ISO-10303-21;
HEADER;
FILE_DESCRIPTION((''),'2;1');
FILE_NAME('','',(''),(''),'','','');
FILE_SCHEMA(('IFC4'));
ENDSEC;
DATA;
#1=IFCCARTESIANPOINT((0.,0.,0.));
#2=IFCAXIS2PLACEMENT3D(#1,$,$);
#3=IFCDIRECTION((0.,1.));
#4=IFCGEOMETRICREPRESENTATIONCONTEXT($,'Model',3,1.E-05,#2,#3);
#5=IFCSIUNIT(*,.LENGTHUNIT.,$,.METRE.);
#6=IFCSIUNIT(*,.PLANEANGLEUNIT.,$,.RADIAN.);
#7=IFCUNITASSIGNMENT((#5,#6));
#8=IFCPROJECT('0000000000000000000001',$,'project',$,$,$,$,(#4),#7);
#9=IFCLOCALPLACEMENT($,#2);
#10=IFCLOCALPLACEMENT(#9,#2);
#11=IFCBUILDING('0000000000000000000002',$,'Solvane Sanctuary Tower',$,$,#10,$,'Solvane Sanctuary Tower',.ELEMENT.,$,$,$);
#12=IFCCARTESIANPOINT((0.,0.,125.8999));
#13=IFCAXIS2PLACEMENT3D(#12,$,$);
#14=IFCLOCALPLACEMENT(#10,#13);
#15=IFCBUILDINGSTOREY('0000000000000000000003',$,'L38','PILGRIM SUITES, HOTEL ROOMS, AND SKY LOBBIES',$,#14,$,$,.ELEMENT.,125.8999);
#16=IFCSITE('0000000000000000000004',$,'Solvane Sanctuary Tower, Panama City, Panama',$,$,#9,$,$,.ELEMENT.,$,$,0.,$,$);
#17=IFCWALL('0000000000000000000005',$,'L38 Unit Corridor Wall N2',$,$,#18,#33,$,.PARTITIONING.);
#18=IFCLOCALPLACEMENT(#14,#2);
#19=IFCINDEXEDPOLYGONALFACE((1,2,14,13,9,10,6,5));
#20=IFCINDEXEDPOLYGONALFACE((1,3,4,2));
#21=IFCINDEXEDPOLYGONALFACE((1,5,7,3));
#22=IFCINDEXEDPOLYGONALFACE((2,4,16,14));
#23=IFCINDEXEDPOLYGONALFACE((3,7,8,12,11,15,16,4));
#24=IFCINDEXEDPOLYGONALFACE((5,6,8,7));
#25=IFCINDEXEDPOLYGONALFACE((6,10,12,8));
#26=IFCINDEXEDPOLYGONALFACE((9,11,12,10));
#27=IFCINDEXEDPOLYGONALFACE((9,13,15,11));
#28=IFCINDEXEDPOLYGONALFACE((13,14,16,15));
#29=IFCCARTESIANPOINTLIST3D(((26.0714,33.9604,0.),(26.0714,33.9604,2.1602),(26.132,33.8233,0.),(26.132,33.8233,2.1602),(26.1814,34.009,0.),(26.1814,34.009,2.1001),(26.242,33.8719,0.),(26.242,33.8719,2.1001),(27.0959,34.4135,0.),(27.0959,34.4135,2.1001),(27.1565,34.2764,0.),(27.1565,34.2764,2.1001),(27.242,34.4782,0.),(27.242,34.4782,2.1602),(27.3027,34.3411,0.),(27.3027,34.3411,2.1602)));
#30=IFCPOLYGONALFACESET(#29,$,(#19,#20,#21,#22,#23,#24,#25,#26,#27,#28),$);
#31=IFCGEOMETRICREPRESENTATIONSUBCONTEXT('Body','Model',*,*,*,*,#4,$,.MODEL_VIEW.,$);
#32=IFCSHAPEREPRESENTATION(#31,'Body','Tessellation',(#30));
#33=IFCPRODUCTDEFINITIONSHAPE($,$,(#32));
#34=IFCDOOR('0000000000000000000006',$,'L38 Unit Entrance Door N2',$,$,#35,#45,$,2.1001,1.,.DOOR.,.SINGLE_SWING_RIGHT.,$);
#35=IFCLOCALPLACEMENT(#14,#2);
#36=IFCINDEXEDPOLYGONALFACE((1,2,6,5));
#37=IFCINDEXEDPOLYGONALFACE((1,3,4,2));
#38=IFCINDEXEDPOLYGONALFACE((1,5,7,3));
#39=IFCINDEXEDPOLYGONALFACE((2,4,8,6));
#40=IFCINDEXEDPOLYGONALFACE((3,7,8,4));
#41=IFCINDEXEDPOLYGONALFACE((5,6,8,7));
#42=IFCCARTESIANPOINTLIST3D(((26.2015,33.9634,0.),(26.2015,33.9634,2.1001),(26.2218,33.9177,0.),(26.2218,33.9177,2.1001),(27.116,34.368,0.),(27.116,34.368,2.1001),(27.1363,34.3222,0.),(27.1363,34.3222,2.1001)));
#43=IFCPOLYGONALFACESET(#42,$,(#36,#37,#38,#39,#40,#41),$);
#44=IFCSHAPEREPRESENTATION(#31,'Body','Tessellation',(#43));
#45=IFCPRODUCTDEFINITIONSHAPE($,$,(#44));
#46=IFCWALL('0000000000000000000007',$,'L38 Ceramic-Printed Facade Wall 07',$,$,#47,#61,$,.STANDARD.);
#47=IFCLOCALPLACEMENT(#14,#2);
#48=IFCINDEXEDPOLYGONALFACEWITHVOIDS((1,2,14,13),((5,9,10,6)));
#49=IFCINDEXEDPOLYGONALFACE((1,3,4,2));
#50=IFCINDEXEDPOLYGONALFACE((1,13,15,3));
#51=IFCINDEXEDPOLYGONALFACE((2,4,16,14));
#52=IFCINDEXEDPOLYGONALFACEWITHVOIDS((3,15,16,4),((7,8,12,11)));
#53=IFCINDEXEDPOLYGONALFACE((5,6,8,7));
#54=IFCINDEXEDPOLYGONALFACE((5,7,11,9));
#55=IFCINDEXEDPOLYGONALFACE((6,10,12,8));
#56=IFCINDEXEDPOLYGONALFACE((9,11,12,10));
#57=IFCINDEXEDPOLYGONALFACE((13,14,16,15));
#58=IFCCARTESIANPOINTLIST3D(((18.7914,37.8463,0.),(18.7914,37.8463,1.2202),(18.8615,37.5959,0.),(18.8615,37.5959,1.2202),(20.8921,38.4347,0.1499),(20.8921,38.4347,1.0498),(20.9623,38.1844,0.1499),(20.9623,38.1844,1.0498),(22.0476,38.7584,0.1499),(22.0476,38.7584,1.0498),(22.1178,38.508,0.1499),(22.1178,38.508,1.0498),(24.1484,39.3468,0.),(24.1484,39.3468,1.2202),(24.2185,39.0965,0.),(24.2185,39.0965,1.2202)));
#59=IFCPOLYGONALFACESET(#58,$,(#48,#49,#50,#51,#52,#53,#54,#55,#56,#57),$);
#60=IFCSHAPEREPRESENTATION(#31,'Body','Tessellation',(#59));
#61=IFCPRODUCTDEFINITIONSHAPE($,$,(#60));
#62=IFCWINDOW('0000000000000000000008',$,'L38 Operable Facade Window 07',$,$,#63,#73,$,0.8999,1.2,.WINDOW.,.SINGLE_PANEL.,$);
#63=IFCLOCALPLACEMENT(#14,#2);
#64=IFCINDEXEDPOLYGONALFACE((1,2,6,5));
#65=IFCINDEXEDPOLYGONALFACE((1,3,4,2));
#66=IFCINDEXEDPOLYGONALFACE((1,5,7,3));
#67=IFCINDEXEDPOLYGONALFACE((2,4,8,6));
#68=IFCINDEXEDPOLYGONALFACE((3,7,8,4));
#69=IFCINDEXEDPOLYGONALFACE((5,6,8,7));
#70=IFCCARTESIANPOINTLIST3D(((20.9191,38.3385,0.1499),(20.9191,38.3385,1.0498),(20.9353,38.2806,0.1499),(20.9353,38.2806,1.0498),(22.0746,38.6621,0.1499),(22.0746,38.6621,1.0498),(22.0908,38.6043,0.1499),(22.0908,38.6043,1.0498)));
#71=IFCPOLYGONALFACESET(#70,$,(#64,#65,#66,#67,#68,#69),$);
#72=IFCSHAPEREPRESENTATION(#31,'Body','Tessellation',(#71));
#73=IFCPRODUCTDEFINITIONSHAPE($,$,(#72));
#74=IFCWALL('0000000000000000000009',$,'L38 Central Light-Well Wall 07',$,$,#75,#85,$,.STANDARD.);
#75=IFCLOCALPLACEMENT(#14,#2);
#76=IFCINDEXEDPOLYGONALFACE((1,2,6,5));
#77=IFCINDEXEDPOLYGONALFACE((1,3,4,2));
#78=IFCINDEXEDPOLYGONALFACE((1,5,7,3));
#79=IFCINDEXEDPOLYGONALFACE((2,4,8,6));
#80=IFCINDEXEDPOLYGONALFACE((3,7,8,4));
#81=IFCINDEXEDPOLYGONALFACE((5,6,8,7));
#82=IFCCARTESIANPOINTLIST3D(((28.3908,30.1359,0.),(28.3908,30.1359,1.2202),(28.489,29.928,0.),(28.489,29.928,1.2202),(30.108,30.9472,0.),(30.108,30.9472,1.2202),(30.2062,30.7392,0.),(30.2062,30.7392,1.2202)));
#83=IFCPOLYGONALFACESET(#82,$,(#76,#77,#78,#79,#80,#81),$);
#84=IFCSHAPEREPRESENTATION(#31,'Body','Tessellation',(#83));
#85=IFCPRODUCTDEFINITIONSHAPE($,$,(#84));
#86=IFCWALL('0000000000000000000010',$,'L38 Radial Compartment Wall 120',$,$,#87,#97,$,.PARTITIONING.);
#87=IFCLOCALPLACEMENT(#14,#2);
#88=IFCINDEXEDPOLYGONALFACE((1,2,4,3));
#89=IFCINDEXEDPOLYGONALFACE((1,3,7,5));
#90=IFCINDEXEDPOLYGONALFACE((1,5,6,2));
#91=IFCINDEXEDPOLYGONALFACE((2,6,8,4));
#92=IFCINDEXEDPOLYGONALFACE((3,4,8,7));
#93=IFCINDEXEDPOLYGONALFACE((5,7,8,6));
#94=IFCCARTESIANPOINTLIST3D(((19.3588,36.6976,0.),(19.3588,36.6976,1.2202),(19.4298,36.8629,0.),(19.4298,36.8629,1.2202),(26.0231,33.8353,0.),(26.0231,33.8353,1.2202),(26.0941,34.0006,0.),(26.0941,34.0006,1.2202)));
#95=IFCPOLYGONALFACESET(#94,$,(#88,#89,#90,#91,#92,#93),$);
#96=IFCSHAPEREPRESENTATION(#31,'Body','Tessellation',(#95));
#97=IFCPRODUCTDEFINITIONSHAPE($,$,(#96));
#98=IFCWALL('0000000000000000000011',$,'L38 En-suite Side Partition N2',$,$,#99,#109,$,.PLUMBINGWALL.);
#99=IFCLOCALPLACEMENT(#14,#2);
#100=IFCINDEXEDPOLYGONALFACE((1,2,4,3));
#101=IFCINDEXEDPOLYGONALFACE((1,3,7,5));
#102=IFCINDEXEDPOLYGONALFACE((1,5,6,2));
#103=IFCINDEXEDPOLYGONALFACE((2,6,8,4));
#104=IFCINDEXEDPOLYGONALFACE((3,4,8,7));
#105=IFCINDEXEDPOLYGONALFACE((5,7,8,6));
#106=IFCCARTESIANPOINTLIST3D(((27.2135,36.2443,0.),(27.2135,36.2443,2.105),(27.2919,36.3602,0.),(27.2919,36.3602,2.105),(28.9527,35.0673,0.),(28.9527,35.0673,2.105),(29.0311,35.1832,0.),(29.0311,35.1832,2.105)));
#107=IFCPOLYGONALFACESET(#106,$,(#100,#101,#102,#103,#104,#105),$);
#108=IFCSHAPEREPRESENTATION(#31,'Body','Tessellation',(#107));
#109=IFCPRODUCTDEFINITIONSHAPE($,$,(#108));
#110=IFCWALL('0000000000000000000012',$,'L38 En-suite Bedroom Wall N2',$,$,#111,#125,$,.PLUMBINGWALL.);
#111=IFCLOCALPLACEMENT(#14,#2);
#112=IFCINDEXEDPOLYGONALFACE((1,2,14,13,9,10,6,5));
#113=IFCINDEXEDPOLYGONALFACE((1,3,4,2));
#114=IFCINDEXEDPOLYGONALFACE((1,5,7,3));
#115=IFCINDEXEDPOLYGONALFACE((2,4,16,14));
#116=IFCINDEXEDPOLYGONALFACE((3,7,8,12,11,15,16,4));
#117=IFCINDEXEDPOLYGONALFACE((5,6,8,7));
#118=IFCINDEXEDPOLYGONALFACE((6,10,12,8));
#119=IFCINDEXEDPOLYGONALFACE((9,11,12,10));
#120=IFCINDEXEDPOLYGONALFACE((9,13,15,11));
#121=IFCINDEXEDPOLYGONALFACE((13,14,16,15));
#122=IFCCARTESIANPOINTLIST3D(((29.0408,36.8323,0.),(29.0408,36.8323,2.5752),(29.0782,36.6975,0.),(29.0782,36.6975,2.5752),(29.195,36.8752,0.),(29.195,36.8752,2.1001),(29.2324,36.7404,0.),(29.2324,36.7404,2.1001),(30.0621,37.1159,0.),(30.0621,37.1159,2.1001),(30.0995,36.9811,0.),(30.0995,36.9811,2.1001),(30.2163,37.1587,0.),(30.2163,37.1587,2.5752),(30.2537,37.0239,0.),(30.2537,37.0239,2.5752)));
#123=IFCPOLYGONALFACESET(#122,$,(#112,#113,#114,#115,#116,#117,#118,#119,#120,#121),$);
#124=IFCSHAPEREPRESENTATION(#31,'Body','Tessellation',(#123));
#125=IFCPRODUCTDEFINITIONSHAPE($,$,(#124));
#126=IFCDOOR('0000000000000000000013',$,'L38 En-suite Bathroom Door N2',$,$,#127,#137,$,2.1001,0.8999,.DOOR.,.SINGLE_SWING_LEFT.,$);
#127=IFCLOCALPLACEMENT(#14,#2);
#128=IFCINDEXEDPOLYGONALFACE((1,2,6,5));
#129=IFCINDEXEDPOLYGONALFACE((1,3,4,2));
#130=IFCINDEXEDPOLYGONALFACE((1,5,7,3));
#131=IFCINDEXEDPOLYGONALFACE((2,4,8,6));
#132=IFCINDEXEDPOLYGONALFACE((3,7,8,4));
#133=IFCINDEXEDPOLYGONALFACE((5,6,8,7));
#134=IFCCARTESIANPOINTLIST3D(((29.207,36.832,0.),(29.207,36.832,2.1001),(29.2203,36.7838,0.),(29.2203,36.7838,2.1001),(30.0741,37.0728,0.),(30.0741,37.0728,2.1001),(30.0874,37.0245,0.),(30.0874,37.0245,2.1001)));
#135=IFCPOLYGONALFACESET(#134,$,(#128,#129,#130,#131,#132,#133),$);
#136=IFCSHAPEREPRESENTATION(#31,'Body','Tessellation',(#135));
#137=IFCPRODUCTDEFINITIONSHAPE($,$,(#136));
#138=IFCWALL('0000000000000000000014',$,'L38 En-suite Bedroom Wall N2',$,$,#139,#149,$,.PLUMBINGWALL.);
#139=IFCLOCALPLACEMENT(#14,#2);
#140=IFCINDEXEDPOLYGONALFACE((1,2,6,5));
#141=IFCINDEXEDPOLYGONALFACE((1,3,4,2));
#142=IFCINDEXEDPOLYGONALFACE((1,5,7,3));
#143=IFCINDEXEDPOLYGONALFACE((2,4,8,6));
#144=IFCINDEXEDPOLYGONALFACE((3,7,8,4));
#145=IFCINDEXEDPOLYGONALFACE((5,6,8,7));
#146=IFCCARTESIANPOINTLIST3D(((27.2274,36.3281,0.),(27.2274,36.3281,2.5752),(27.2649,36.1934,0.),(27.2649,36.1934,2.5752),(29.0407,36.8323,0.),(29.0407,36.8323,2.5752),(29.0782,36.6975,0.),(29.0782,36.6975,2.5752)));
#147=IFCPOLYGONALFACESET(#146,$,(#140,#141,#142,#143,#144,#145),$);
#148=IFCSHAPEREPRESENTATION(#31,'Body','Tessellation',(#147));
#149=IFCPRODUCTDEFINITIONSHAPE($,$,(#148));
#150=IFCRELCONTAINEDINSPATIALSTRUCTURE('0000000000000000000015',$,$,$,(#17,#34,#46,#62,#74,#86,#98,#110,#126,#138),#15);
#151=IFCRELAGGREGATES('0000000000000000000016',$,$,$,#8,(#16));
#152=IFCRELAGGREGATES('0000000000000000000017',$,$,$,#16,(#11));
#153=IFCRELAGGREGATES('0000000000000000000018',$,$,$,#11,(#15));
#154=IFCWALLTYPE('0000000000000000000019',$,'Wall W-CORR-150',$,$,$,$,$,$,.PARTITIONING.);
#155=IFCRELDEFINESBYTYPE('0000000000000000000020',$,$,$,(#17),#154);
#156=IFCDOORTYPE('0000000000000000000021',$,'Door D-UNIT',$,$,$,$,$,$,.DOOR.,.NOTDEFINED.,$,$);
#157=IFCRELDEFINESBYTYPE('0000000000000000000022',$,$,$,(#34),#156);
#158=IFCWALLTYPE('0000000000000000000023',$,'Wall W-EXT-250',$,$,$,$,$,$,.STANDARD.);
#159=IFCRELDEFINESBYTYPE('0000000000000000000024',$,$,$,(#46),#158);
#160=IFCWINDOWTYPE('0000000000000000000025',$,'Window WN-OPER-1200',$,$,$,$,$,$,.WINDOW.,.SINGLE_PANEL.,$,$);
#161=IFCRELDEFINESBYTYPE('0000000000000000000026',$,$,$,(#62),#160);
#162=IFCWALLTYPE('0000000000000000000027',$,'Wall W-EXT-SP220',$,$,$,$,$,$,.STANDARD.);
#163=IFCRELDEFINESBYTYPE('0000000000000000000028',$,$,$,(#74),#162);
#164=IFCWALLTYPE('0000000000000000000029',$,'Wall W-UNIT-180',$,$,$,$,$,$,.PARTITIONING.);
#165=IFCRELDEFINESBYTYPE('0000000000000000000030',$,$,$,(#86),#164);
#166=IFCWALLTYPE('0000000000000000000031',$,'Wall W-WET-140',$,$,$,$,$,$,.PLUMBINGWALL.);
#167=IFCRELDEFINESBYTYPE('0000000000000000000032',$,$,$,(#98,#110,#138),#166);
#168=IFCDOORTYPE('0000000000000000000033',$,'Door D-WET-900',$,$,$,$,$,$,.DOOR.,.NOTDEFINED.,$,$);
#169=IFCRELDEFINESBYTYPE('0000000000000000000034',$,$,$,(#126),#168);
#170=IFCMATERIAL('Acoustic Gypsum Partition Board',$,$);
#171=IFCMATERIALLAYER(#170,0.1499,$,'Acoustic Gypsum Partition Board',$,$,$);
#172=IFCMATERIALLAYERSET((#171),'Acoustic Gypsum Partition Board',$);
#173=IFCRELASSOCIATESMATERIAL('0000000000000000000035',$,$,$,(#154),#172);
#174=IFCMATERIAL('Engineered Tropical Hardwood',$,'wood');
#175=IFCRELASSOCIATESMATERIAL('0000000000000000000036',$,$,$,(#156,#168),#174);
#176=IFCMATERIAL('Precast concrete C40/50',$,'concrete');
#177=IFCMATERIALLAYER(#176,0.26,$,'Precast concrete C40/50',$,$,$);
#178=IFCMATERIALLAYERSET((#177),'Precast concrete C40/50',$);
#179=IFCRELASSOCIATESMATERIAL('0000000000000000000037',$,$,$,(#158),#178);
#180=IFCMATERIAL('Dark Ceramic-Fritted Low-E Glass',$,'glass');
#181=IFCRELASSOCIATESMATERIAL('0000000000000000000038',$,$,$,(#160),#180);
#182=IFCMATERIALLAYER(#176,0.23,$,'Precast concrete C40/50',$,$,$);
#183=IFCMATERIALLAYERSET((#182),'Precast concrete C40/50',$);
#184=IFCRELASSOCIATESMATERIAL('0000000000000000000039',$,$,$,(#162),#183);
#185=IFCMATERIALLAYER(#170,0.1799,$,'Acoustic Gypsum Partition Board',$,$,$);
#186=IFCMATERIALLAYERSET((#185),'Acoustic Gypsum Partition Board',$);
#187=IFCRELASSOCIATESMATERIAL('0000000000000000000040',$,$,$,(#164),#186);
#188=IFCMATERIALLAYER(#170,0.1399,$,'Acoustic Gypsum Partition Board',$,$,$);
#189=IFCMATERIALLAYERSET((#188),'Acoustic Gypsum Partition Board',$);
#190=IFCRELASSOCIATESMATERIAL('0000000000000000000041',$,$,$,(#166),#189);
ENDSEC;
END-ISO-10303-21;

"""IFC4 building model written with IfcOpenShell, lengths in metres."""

from ifc_helpers import new_model, si_unit, direction, frame, frame_2d, origin, place, context, subcontext, project, spatial, rectangle, extrude, material, layer, layer_set, type_object, element, fill, save


model = new_model("IFC4")

# Units and contexts
model_context = context("Model", 3, precision=1e-05, world=origin(), true_north=direction((0.0, 1.0)))
body_context = subcontext(model_context, "Body", "Model", "MODEL_VIEW")
ifc_project = project(units=[si_unit("LENGTHUNIT", "METRE"), si_unit("PLANEANGLEUNIT", "RADIAN")], contexts=[model_context])

# Site, building, storey
site_placement = place(None, origin())
site = spatial("IfcSite", under=ifc_project, at=site_placement, Name="Solvane Sanctuary Tower, Panama City, Panama", CompositionType="ELEMENT", RefElevation=0.0)
building_placement = place(site_placement, origin())
building = spatial("IfcBuilding", under=site, at=building_placement, Name="Solvane Sanctuary Tower", LongName="Solvane Sanctuary Tower", CompositionType="ELEMENT")
storey_placement = place(building_placement, frame((0.0, 0.0, 125.8999)))
storey = spatial("IfcBuildingStorey", under=building, at=storey_placement, Name="L38", Description="PILGRIM SUITES, HOTEL ROOMS, AND SKY LOBBIES", CompositionType="ELEMENT", Elevation=125.8999)

# Shared definitions
ifc_material_1 = material(Name="Acoustic Gypsum Partition Board")
ifc_layer_1 = layer(ifc_material_1, 0.1499, Name="Acoustic Gypsum Partition Board")
ifc_layer_set_1 = layer_set([ifc_layer_1], Name="Acoustic Gypsum Partition Board")
wall_type_1 = type_object("IfcWallType", Name="Wall W-CORR-150", PredefinedType="PARTITIONING", material=ifc_layer_set_1)

# Wall, opening, door
wall_1_placement = place(storey_placement, frame((27.2725, 34.4097, 0.0), z_axis=(0.0, 0.0, 1.0), x_axis=(-0.914526, -0.404527, 0.0)))
wall_1 = element("IfcWall", 1, at=wall_1_placement, inside=storey, type_object=wall_type_1, Name="L38 Unit Corridor Wall N2", PredefinedType="PARTITIONING", context=body_context, shape_type="SweptSolid", body=[
    extrude(rectangle(XDim=1.28, YDim=0.1499, at=frame_2d((0.6401, 0.0))), origin(), (0.0, 0.0, 1.0), 2.1602),
])
opening_1_placement = place(wall_1_placement, frame((0.1599, 0.0, 0.0)))
opening_1 = element("IfcOpeningElement", 2, at=opening_1_placement, cuts=wall_1, PredefinedType="OPENING", context=body_context, shape_type="SweptSolid", body=[
    extrude(rectangle(XDim=1.0, YDim=2.1001, at=frame_2d((0.5, 1.05))), frame((0.0, 0.085, 0.0), z_axis=(0.0, -1.0, 0.0), x_axis=(1.0, 0.0, 0.0)), (0.0, 0.0, 1.0), 0.1699),
])
ifc_material_2 = material(Name="Engineered Tropical Hardwood", Category="wood")
door_type_1 = type_object("IfcDoorType", Name="Door D-UNIT", OperationType="NOTDEFINED", PredefinedType="DOOR", material=ifc_material_2)
door_1_placement = place(opening_1_placement, origin())
door_1 = element("IfcDoor", 3, at=door_1_placement, inside=storey, type_object=door_type_1, Name="L38 Unit Entrance Door N2", OperationType="SINGLE_SWING_RIGHT", OverallHeight=2.1001, OverallWidth=1.0, PredefinedType="DOOR", context=body_context, shape_type="SweptSolid", body=[
    extrude(rectangle(XDim=1.0, YDim=2.1001, at=frame_2d((0.5, 1.05))), frame((0.0, 0.0249, 0.0), z_axis=(0.0, -1.0, 0.0), x_axis=(1.0, 0.0, 0.0)), (0.0, 0.0, 1.0), 0.05),
])
fill(opening_1, door_1)

# Wall, opening, window
ifc_material_3 = material(Name="Precast concrete C40/50", Category="concrete")
ifc_layer_2 = layer(ifc_material_3, 0.26, Name="Precast concrete C40/50")
ifc_layer_set_2 = layer_set([ifc_layer_2], Name="Precast concrete C40/50")
wall_type_2 = type_object("IfcWallType", Name="Wall W-EXT-250", PredefinedType="STANDARD", material=ifc_layer_set_2)
wall_2_placement = place(storey_placement, frame((24.1836, 39.2217, 0.0), z_axis=(0.0, 0.0, 1.0), x_axis=(-0.962938, -0.269721, 0.0)))
wall_2 = element("IfcWall", 4, at=wall_2_placement, inside=storey, type_object=wall_type_2, Name="L38 Ceramic-Printed Facade Wall 07", PredefinedType="STANDARD", context=body_context, shape_type="SweptSolid", body=[
    extrude(rectangle(XDim=5.5632, YDim=0.26, at=frame_2d((2.7817, 0.0))), origin(), (0.0, 0.0, 1.0), 1.2202),
])
opening_2_placement = place(wall_2_placement, frame((2.1816, 0.0, 0.1499)))
opening_2 = element("IfcOpeningElement", 5, at=opening_2_placement, cuts=wall_2, PredefinedType="OPENING", context=body_context, shape_type="SweptSolid", body=[
    extrude(rectangle(XDim=1.2, YDim=0.8999, at=frame_2d((0.6001, 0.45))), frame((0.0, 0.1399, 0.0), z_axis=(0.0, -1.0, 0.0), x_axis=(1.0, 0.0, 0.0)), (0.0, 0.0, 1.0), 0.28),
])
ifc_material_4 = material(Name="Dark Ceramic-Fritted Low-E Glass", Category="glass")
window_type = type_object("IfcWindowType", Name="Window WN-OPER-1200", PartitioningType="SINGLE_PANEL", PredefinedType="WINDOW", material=ifc_material_4)
window_placement = place(opening_2_placement, origin())
window = element("IfcWindow", 6, at=window_placement, inside=storey, type_object=window_type, Name="L38 Operable Facade Window 07", OverallHeight=0.8999, OverallWidth=1.2, PartitioningType="SINGLE_PANEL", PredefinedType="WINDOW", context=body_context, shape_type="SweptSolid", body=[
    extrude(rectangle(XDim=1.2, YDim=0.8999, at=frame_2d((0.6001, 0.45))), frame((0.0, 0.03, 0.0), z_axis=(0.0, -1.0, 0.0), x_axis=(1.0, 0.0, 0.0)), (0.0, 0.0, 1.0), 0.0601),
])
fill(opening_2, window)

# Walls
ifc_layer_3 = layer(ifc_material_3, 0.23, Name="Precast concrete C40/50")
ifc_layer_set_3 = layer_set([ifc_layer_3], Name="Precast concrete C40/50")
wall_type_3 = type_object("IfcWallType", Name="Wall W-EXT-SP220", PredefinedType="STANDARD", material=ifc_layer_set_3)
wall_3_placement = place(storey_placement, frame((30.1572, 30.8433, 0.0), z_axis=(0.0, 0.0, 1.0), x_axis=(-0.90418, -0.427152, 0.0)))
element("IfcWall", 7, at=wall_3_placement, inside=storey, type_object=wall_type_3, Name="L38 Central Light-Well Wall 07", PredefinedType="STANDARD", context=body_context, shape_type="SweptSolid", body=[
    extrude(rectangle(XDim=1.8992, YDim=0.23, at=frame_2d((0.9497, 0.0))), origin(), (0.0, 0.0, 1.0), 1.2202),
])
ifc_layer_4 = layer(ifc_material_1, 0.1799, Name="Acoustic Gypsum Partition Board")
ifc_layer_set_4 = layer_set([ifc_layer_4], Name="Acoustic Gypsum Partition Board")
wall_type_4 = type_object("IfcWallType", Name="Wall W-UNIT-180", PredefinedType="PARTITIONING", material=ifc_layer_set_4)
wall_4_placement = place(storey_placement, frame((26.0586, 33.918, 0.0), z_axis=(0.0, 0.0, 1.0), x_axis=(-0.918837, 0.394638, 0.0)))
element("IfcWall", 8, at=wall_4_placement, inside=storey, type_object=wall_type_4, Name="L38 Radial Compartment Wall 120", PredefinedType="PARTITIONING", context=body_context, shape_type="SweptSolid", body=[
    extrude(rectangle(XDim=7.2529, YDim=0.1799, at=frame_2d((3.6265, 0.0))), origin(), (0.0, 0.0, 1.0), 1.2202),
])
ifc_layer_5 = layer(ifc_material_1, 0.1399, Name="Acoustic Gypsum Partition Board")
ifc_layer_set_5 = layer_set([ifc_layer_5], Name="Acoustic Gypsum Partition Board")
wall_type_5 = type_object("IfcWallType", Name="Wall W-WET-140", PredefinedType="PLUMBINGWALL", material=ifc_layer_set_5)
wall_5_placement = place(storey_placement, frame((28.9919, 35.1252, 0.0), z_axis=(0.0, 0.0, 1.0), x_axis=(-0.828185, 0.560455, 0.0)))
element("IfcWall", 9, at=wall_5_placement, inside=storey, type_object=wall_type_5, Name="L38 En-suite Side Partition N2", PredefinedType="PLUMBINGWALL", context=body_context, shape_type="SweptSolid", body=[
    extrude(rectangle(XDim=2.1001, YDim=0.1399, at=frame_2d((1.05, 0.0))), origin(), (0.0, 0.0, 1.0), 2.105),
])

# Wall, opening, door
wall_6_placement = place(storey_placement, frame((30.2349, 37.0913, 0.0), z_axis=(0.0, 0.0, 1.0), x_axis=(-0.963544, -0.267551, 0.0)))
wall_6 = element("IfcWall", 10, at=wall_6_placement, inside=storey, type_object=wall_type_5, Name="L38 En-suite Bedroom Wall N2", PredefinedType="PLUMBINGWALL", context=body_context, shape_type="SweptSolid", body=[
    extrude(rectangle(XDim=1.22, YDim=0.1399, at=frame_2d((0.6099, 0.0))), origin(), (0.0, 0.0, 1.0), 2.5752),
])
opening_3_placement = place(wall_6_placement, frame((0.1599, 0.0, 0.0)))
opening_3 = element("IfcOpeningElement", 11, at=opening_3_placement, cuts=wall_6, PredefinedType="OPENING", context=body_context, shape_type="SweptSolid", body=[
    extrude(rectangle(XDim=0.8999, YDim=2.1001, at=frame_2d((0.45, 1.05))), frame((0.0, 0.0798, 0.0), z_axis=(0.0, -1.0, 0.0), x_axis=(1.0, 0.0, 0.0)), (0.0, 0.0, 1.0), 0.1599),
])
door_type_2 = type_object("IfcDoorType", Name="Door D-WET-900", OperationType="NOTDEFINED", PredefinedType="DOOR", material=ifc_material_2)
door_2_placement = place(opening_3_placement, origin())
door_2 = element("IfcDoor", 12, at=door_2_placement, inside=storey, type_object=door_type_2, Name="L38 En-suite Bathroom Door N2", OperationType="SINGLE_SWING_LEFT", OverallHeight=2.1001, OverallWidth=0.8999, PredefinedType="DOOR", context=body_context, shape_type="SweptSolid", body=[
    extrude(rectangle(XDim=0.8999, YDim=2.1001, at=frame_2d((0.45, 1.05))), frame((0.0, 0.0249, 0.0), z_axis=(0.0, -1.0, 0.0), x_axis=(1.0, 0.0, 0.0)), (0.0, 0.0, 1.0), 0.05),
])
fill(opening_3, door_2)

# Wall
wall_7_placement = place(storey_placement, frame((29.0593, 36.7649, 0.0), z_axis=(0.0, 0.0, 1.0), x_axis=(-0.963453, -0.267878, 0.0)))
element("IfcWall", 13, at=wall_7_placement, inside=storey, type_object=wall_type_5, Name="L38 En-suite Bedroom Wall N2", PredefinedType="PLUMBINGWALL", context=body_context, shape_type="SweptSolid", body=[
    extrude(rectangle(XDim=1.8821, YDim=0.1399, at=frame_2d((0.9409, 0.0))), origin(), (0.0, 0.0, 1.0), 2.5752),
])

save(model, "model.ifc")
